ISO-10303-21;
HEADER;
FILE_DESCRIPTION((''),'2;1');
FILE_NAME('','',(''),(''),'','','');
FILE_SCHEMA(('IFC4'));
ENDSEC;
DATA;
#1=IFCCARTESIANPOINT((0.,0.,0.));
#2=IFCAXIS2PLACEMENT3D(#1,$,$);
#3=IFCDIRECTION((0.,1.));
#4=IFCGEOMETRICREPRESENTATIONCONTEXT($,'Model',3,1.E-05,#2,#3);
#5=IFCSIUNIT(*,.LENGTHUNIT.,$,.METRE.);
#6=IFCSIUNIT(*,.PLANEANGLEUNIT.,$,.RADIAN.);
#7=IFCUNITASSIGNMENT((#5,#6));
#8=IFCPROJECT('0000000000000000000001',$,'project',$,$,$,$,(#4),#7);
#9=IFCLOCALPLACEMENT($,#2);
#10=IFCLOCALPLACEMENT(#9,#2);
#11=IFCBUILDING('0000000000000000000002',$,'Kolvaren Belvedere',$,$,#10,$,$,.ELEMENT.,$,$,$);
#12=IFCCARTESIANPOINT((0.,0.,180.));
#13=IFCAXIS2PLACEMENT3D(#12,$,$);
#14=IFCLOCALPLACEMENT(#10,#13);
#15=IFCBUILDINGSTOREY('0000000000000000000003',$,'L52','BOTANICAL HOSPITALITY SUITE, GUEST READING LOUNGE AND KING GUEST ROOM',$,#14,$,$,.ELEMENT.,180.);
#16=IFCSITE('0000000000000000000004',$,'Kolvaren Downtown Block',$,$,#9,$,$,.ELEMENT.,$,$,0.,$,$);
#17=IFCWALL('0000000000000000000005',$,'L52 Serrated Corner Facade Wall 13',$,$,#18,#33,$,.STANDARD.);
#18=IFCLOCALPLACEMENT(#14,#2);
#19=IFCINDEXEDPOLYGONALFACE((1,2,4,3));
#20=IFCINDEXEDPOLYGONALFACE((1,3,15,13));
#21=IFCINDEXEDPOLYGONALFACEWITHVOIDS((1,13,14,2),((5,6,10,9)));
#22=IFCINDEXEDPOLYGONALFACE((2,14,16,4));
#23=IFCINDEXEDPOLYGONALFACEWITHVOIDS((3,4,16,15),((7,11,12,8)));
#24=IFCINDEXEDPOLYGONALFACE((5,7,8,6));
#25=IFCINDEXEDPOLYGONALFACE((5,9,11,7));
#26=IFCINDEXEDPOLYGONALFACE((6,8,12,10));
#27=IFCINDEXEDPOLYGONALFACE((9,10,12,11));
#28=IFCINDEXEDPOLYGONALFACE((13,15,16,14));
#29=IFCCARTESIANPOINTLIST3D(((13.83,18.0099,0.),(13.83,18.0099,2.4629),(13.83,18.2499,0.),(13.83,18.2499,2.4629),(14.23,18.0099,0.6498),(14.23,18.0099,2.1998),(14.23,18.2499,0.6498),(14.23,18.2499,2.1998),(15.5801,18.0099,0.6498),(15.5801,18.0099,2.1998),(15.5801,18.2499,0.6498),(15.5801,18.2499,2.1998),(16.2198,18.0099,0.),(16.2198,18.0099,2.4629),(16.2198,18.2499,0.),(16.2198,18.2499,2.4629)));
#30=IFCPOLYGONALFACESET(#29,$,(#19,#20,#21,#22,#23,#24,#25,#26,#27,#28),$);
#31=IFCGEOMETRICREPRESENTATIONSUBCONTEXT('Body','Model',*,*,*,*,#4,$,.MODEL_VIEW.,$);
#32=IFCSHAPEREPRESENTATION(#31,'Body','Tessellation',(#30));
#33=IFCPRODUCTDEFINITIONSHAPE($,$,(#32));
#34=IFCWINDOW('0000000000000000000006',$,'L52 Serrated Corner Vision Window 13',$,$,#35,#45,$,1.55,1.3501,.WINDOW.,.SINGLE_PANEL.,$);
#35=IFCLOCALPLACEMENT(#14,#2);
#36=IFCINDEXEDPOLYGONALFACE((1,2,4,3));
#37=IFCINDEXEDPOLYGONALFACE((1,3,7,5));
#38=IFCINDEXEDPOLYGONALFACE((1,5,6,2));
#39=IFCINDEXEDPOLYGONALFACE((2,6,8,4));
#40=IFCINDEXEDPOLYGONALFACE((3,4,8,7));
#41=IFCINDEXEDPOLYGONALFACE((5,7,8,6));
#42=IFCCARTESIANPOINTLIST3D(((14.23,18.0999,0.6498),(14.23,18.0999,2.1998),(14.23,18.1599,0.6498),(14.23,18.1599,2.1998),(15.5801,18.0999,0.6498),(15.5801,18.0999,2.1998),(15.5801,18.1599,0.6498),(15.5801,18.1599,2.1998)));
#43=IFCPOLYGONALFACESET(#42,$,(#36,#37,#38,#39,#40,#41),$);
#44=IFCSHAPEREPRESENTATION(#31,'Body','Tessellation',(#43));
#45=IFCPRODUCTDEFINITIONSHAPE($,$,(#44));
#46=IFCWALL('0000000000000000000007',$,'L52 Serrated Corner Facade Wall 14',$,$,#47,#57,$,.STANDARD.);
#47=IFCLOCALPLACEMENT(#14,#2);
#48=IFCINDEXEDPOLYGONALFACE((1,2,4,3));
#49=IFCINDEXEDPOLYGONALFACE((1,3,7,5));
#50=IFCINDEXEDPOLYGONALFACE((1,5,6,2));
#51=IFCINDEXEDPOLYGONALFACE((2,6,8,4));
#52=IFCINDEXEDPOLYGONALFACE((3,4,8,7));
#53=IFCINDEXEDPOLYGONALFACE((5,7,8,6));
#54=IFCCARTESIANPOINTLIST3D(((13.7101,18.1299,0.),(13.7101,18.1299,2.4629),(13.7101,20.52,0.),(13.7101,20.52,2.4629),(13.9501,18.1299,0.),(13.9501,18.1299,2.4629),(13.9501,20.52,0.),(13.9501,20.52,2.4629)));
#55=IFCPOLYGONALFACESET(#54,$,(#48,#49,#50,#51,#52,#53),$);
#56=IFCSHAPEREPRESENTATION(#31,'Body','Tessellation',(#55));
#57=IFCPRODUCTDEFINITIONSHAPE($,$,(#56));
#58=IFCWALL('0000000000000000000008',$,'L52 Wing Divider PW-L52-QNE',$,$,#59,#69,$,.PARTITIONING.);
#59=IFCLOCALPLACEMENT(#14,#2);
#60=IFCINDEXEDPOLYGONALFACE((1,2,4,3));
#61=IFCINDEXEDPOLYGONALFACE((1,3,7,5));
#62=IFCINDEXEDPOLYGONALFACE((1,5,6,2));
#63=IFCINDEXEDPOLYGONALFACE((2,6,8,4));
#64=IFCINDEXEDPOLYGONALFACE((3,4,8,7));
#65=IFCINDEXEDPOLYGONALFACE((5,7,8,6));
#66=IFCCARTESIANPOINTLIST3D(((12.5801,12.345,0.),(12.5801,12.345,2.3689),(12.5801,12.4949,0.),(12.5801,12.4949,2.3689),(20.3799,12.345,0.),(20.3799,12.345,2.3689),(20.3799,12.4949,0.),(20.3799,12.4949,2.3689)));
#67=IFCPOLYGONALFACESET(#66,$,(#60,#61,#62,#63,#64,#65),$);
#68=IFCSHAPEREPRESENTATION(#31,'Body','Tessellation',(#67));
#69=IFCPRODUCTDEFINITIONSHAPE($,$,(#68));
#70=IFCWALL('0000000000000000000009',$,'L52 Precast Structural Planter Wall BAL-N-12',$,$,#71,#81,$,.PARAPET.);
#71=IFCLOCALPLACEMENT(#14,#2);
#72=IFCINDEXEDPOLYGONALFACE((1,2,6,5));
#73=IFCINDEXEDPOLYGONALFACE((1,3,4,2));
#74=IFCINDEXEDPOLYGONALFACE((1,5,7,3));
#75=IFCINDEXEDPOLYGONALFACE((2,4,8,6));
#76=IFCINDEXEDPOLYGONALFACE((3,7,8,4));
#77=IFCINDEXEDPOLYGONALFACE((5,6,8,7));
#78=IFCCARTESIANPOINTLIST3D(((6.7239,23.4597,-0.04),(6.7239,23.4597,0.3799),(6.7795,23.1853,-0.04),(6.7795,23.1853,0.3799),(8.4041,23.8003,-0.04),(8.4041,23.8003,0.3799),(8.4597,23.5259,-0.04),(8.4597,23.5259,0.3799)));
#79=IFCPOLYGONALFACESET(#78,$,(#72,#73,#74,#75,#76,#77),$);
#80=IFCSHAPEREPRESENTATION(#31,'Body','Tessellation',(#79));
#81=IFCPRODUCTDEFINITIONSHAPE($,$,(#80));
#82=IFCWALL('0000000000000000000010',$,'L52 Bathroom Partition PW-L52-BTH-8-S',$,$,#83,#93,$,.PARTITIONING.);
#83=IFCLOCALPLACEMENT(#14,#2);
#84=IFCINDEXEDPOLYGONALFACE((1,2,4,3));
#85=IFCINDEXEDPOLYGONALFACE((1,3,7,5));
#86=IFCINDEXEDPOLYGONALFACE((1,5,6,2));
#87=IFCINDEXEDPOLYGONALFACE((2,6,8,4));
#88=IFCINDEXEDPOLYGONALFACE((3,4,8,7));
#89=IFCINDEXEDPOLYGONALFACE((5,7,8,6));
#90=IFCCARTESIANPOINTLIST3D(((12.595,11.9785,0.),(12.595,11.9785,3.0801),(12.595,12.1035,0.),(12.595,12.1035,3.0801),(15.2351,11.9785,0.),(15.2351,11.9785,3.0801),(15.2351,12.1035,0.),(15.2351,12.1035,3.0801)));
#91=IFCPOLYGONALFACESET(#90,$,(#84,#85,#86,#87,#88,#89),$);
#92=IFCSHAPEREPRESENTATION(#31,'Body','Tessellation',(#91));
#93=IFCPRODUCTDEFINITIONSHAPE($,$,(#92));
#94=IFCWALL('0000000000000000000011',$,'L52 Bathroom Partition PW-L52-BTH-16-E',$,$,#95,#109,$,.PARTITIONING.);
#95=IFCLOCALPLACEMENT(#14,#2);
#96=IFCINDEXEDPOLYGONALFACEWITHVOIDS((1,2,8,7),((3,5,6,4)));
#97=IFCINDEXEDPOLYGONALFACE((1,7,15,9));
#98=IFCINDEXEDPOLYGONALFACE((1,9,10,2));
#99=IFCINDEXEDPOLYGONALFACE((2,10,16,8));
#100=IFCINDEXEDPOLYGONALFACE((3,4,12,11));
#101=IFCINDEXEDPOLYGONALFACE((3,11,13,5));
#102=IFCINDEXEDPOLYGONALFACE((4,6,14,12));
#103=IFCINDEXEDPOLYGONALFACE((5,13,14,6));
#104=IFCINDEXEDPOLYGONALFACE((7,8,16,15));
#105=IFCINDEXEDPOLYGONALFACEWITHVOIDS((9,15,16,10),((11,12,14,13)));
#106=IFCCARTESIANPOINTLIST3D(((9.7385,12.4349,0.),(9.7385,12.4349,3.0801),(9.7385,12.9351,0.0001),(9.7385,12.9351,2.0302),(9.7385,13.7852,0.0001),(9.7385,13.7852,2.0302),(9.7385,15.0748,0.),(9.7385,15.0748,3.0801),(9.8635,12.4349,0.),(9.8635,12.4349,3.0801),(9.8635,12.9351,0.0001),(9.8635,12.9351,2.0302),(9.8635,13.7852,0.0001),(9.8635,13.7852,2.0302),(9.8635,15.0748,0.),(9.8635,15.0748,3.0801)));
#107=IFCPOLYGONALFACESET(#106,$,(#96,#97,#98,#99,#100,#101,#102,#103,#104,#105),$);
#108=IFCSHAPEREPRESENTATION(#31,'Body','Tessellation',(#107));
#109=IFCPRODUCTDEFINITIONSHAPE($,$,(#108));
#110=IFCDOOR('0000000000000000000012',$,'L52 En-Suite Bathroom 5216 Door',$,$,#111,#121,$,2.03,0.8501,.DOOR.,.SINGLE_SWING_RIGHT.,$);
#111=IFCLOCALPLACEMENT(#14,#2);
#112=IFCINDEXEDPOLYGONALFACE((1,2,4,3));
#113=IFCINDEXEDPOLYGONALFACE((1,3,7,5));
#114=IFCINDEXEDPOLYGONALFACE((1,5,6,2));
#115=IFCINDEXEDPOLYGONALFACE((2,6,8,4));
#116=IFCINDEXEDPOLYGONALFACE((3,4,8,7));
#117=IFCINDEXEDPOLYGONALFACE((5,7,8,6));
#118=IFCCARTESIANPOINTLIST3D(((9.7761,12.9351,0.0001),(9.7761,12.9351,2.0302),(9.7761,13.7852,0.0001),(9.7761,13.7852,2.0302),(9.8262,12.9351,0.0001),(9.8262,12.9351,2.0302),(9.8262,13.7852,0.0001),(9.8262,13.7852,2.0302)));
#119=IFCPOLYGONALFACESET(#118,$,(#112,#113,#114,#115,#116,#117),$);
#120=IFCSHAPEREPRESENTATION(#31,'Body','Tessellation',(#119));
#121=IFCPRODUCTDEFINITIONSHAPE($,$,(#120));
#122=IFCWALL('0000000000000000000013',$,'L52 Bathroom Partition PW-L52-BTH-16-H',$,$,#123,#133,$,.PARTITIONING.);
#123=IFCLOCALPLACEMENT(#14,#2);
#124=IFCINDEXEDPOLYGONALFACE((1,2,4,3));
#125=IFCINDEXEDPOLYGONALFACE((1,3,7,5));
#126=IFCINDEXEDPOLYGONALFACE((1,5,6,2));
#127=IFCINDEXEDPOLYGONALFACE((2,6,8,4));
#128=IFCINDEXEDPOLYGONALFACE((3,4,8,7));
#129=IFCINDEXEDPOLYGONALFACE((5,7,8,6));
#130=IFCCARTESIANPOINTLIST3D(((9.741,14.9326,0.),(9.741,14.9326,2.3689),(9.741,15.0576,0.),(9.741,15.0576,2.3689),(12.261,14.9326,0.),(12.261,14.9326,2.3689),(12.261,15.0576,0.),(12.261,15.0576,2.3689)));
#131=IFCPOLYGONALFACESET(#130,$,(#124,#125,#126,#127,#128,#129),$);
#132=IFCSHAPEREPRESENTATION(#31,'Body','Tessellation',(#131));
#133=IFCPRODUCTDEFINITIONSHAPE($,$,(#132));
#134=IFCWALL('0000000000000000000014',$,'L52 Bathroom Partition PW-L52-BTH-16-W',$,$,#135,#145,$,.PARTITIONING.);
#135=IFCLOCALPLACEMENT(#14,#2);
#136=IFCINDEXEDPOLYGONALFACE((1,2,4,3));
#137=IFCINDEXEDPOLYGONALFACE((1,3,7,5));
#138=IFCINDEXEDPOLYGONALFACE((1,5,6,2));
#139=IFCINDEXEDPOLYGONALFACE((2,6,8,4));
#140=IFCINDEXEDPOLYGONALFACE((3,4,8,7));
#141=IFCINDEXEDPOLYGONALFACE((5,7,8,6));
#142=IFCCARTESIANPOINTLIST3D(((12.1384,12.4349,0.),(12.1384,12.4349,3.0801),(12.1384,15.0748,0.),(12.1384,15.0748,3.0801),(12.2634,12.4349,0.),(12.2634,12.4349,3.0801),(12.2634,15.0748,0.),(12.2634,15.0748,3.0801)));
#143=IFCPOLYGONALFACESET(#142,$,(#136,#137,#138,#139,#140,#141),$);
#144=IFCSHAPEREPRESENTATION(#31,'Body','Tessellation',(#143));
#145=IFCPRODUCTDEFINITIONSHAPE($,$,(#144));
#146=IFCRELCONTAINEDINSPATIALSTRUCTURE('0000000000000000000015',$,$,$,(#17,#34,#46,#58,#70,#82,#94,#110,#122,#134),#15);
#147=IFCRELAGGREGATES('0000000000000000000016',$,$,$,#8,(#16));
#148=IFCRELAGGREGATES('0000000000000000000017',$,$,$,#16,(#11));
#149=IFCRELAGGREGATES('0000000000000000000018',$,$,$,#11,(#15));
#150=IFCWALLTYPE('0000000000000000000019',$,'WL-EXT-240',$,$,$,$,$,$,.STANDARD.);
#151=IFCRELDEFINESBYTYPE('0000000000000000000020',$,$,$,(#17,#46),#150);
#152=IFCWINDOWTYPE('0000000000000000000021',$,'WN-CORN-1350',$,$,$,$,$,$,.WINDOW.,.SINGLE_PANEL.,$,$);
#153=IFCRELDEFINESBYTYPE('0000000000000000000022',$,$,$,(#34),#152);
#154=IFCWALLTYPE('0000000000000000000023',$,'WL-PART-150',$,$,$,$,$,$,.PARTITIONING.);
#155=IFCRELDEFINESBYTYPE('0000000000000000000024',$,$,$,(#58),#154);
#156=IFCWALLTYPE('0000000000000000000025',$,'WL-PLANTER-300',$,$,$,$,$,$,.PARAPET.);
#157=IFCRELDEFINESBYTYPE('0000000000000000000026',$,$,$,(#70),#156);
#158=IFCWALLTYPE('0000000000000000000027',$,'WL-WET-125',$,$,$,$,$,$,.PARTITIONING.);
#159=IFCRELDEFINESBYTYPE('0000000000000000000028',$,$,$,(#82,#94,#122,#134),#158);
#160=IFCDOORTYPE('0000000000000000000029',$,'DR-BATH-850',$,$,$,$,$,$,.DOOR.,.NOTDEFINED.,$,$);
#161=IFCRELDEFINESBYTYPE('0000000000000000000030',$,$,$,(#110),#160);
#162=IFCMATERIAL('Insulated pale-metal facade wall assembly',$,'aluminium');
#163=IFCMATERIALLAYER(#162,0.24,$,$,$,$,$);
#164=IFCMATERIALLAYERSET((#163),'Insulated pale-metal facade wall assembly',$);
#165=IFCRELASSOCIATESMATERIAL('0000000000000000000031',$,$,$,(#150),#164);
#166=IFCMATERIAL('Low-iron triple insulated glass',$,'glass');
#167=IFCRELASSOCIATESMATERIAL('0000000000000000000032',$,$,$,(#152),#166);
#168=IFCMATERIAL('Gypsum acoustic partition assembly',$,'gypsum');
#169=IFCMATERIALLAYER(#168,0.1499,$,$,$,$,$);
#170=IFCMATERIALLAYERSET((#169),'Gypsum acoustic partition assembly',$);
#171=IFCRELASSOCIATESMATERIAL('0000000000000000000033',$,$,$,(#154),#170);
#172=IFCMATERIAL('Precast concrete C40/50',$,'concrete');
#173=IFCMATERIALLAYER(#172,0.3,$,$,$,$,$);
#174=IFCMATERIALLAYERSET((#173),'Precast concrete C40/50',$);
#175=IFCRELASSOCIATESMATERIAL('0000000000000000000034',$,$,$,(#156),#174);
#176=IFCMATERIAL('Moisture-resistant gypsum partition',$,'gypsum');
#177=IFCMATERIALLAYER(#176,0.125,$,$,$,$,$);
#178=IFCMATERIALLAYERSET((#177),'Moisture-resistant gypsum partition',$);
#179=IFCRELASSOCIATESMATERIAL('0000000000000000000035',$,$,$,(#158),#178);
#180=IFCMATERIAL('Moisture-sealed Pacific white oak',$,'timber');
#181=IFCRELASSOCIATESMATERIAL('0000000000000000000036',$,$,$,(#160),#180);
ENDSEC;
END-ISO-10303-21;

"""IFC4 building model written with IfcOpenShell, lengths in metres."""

from ifc_helpers import new_model, si_unit, direction, frame, frame_2d, origin, place, context, subcontext, project, spatial, rectangle, extrude, material, layer, layer_set, type_object, element, fill, save


model = new_model("IFC4")

# Units and contexts
model_context = context("Model", 3, precision=1e-05, world=origin(), true_north=direction((0.0, 1.0)))
body_context = subcontext(model_context, "Body", "Model", "MODEL_VIEW")
ifc_project = project(units=[si_unit("LENGTHUNIT", "METRE"), si_unit("PLANEANGLEUNIT", "RADIAN")], contexts=[model_context])

# Site, building, storey
site_placement = place(None, origin())
site = spatial("IfcSite", under=ifc_project, at=site_placement, Name="Kolvaren Downtown Block", CompositionType="ELEMENT", RefElevation=0.0)
building_placement = place(site_placement, origin())
building = spatial("IfcBuilding", under=site, at=building_placement, Name="Kolvaren Belvedere", CompositionType="ELEMENT")
storey_placement = place(building_placement, frame((0.0, 0.0, 180.0)))
storey = spatial("IfcBuildingStorey", under=building, at=storey_placement, Name="L52", Description="BOTANICAL HOSPITALITY SUITE, GUEST READING LOUNGE AND KING GUEST ROOM", CompositionType="ELEMENT", Elevation=180.0)

# Shared definitions
ifc_material_1 = material(Name="Insulated pale-metal facade wall assembly", Category="aluminium")
ifc_layer_1 = layer(ifc_material_1, 0.24)
ifc_layer_set_1 = layer_set([ifc_layer_1], Name="Insulated pale-metal facade wall assembly")
wall_type_1 = type_object("IfcWallType", Name="WL-EXT-240", PredefinedType="STANDARD", material=ifc_layer_set_1)

# Wall, opening, window
ifc_material_2 = material(Name="Low-iron triple insulated glass", Category="glass")
window_type_1 = type_object("IfcWindowType", Name="WN-CORN-1350", PartitioningType="SINGLE_PANEL", PredefinedType="WINDOW", material=ifc_material_2)
wall_1_placement = place(storey_placement, frame((13.8301, 18.1299, 0.0), z_axis=(0.0, 0.0, 1.0), x_axis=(1.0, 0.0, 0.0)))
wall_1 = element("IfcWall", 1, at=wall_1_placement, inside=storey, type_object=wall_type_1, Name="L52 Serrated Corner Facade Wall 13", PredefinedType="STANDARD", context=body_context, shape_type="SweptSolid", body=[
    extrude(rectangle(XDim=2.3899, YDim=0.24, at=frame_2d((1.1948, 0.0))), origin(), (0.0, 0.0, 1.0), 2.4629),
])
opening_1_placement = place(wall_1_placement, frame((0.3999, 0.0, 0.6499)))
opening_1 = element("IfcOpeningElement", 2, at=opening_1_placement, cuts=wall_1, PredefinedType="OPENING", context=body_context, shape_type="SweptSolid", body=[
    extrude(rectangle(XDim=1.3501, YDim=1.55, at=frame_2d((0.675, 0.7749))), frame((0.0, 0.1299, 0.0), z_axis=(0.0, -1.0, 0.0), x_axis=(1.0, 0.0, 0.0)), (0.0, 0.0, 1.0), 0.26),
])
window_1_placement = place(opening_1_placement, origin())
window_1 = element("IfcWindow", 3, at=window_1_placement, inside=storey, type_object=window_type_1, Name="L52 Serrated Corner Vision Window 13", OverallHeight=1.55, OverallWidth=1.3501, PartitioningType="SINGLE_PANEL", PredefinedType="WINDOW", context=body_context, shape_type="SweptSolid", body=[
    extrude(rectangle(XDim=1.3501, YDim=1.55, at=frame_2d((0.675, 0.7749))), frame((0.0, 0.03, 0.0), z_axis=(0.0, -1.0, 0.0), x_axis=(1.0, 0.0, 0.0)), (0.0, 0.0, 1.0), 0.0601),
])
fill(opening_1, window_1)

# Walls
wall_2_placement = place(storey_placement, frame((13.8301, 20.52, 0.0), z_axis=(0.0, 0.0, 1.0), x_axis=(0.0, -1.0, 0.0)))
element("IfcWall", 4, at=wall_2_placement, inside=storey, type_object=wall_type_1, Name="L52 Serrated Corner Facade Wall 14", PredefinedType="STANDARD", context=body_context, shape_type="SweptSolid", body=[
    extrude(rectangle(XDim=2.3901, YDim=0.24, at=frame_2d((1.1951, 0.0))), origin(), (0.0, 0.0, 1.0), 2.4629),
])
ifc_material_3 = material(Name="Gypsum acoustic partition assembly", Category="gypsum")
ifc_layer_2 = layer(ifc_material_3, 0.1499)
ifc_layer_set_2 = layer_set([ifc_layer_2], Name="Gypsum acoustic partition assembly")
wall_type_2 = type_object("IfcWallType", Name="WL-PART-150", PredefinedType="PARTITIONING", material=ifc_layer_set_2)
wall_3_placement = place(storey_placement, frame((12.5801, 12.4199, 0.0), z_axis=(0.0, 0.0, 1.0), x_axis=(1.0, 0.0, 0.0)))
element("IfcWall", 5, at=wall_3_placement, inside=storey, type_object=wall_type_2, Name="L52 Wing Divider PW-L52-QNE", PredefinedType="PARTITIONING", context=body_context, shape_type="SweptSolid", body=[
    extrude(rectangle(XDim=7.7998, YDim=0.1499, at=frame_2d((3.8999, 0.0))), origin(), (0.0, 0.0, 1.0), 2.3689),
])
ifc_material_4 = material(Name="Precast concrete C40/50", Category="concrete")
ifc_layer_3 = layer(ifc_material_4, 0.3)
ifc_layer_set_3 = layer_set([ifc_layer_3], Name="Precast concrete C40/50")
wall_type_3 = type_object("IfcWallType", Name="WL-PLANTER-300", PredefinedType="PARAPET", material=ifc_layer_set_3)
wall_4_placement = place(storey_placement, frame((8.4319, 23.6631, -0.04), z_axis=(0.0, 0.0, 1.0), x_axis=(-0.980068, -0.198662, 0.0)))
element("IfcWall", 6, at=wall_4_placement, inside=storey, type_object=wall_type_3, Name="L52 Precast Structural Planter Wall BAL-N-12", PredefinedType="PARAPET", context=body_context, shape_type="SweptSolid", body=[
    extrude(rectangle(XDim=1.7144, YDim=0.28, at=frame_2d((0.8572, 0.0))), origin(), (0.0, 0.0, 1.0), 0.4199),
])
ifc_material_5 = material(Name="Moisture-resistant gypsum partition", Category="gypsum")
ifc_layer_4 = layer(ifc_material_5, 0.125)
ifc_layer_set_4 = layer_set([ifc_layer_4], Name="Moisture-resistant gypsum partition")
wall_type_4 = type_object("IfcWallType", Name="WL-WET-125", PredefinedType="PARTITIONING", material=ifc_layer_set_4)
wall_5_placement = place(storey_placement, frame((12.595, 12.041, 0.0), z_axis=(0.0, 0.0, 1.0), x_axis=(1.0, 0.0, 0.0)))
element("IfcWall", 7, at=wall_5_placement, inside=storey, type_object=wall_type_4, Name="L52 Bathroom Partition PW-L52-BTH-8-S", PredefinedType="PARTITIONING", context=body_context, shape_type="SweptSolid", body=[
    extrude(rectangle(XDim=2.6401, YDim=0.125, at=frame_2d((1.3201, 0.0))), origin(), (0.0, 0.0, 1.0), 3.0801),
])

# Wall, opening, door
wall_6_placement = place(storey_placement, frame((9.801, 12.4351, 0.0), z_axis=(0.0, 0.0, 1.0), x_axis=(0.0, 1.0, 0.0)))
wall_6 = element("IfcWall", 8, at=wall_6_placement, inside=storey, type_object=wall_type_4, Name="L52 Bathroom Partition PW-L52-BTH-16-E", PredefinedType="PARTITIONING", context=body_context, shape_type="SweptSolid", body=[
    extrude(rectangle(XDim=2.6399, YDim=0.125, at=frame_2d((1.3198, 0.0))), origin(), (0.0, 0.0, 1.0), 3.0801),
])
opening_2_placement = place(wall_6_placement, frame((0.5, 0.0, 0.0)))
opening_2 = element("IfcOpeningElement", 9, at=opening_2_placement, cuts=wall_6, PredefinedType="OPENING", context=body_context, shape_type="SweptSolid", body=[
    extrude(rectangle(XDim=0.8501, YDim=2.03, at=frame_2d((0.425, 1.0151))), frame((0.0, 0.0725, 0.0), z_axis=(0.0, -1.0, 0.0), x_axis=(1.0, 0.0, 0.0)), (0.0, 0.0, 1.0), 0.145),
])
ifc_material_6 = material(Name="Moisture-sealed Pacific white oak", Category="timber")
door_type = type_object("IfcDoorType", Name="DR-BATH-850", OperationType="NOTDEFINED", PredefinedType="DOOR", material=ifc_material_6)
door_placement = place(opening_2_placement, origin())
door = element("IfcDoor", 10, at=door_placement, inside=storey, type_object=door_type, Name="L52 En-Suite Bathroom 5216 Door", OperationType="SINGLE_SWING_RIGHT", OverallHeight=2.03, OverallWidth=0.8501, PredefinedType="DOOR", context=body_context, shape_type="SweptSolid", body=[
    extrude(rectangle(XDim=0.8501, YDim=2.03, at=frame_2d((0.425, 1.0151))), frame((0.0, 0.0249, 0.0), z_axis=(0.0, -1.0, 0.0), x_axis=(1.0, 0.0, 0.0)), (0.0, 0.0, 1.0), 0.05),
])
fill(opening_2, door)

# Walls
wall_7_placement = place(storey_placement, frame((9.741, 14.9951, 0.0), z_axis=(0.0, 0.0, 1.0), x_axis=(1.0, 0.0, 0.0)))
element("IfcWall", 11, at=wall_7_placement, inside=storey, type_object=wall_type_4, Name="L52 Bathroom Partition PW-L52-BTH-16-H", PredefinedType="PARTITIONING", context=body_context, shape_type="SweptSolid", body=[
    extrude(rectangle(XDim=2.52, YDim=0.125, at=frame_2d((1.26, 0.0))), origin(), (0.0, 0.0, 1.0), 2.3689),
])
wall_8_placement = place(storey_placement, frame((12.2009, 12.4351, 0.0), z_axis=(0.0, 0.0, 1.0), x_axis=(0.0, 1.0, 0.0)))
element("IfcWall", 12, at=wall_8_placement, inside=storey, type_object=wall_type_4, Name="L52 Bathroom Partition PW-L52-BTH-16-W", PredefinedType="PARTITIONING", context=body_context, shape_type="SweptSolid", body=[
    extrude(rectangle(XDim=2.6399, YDim=0.125, at=frame_2d((1.3198, 0.0))), origin(), (0.0, 0.0, 1.0), 3.0801),
])

save(model, "model.ifc")
